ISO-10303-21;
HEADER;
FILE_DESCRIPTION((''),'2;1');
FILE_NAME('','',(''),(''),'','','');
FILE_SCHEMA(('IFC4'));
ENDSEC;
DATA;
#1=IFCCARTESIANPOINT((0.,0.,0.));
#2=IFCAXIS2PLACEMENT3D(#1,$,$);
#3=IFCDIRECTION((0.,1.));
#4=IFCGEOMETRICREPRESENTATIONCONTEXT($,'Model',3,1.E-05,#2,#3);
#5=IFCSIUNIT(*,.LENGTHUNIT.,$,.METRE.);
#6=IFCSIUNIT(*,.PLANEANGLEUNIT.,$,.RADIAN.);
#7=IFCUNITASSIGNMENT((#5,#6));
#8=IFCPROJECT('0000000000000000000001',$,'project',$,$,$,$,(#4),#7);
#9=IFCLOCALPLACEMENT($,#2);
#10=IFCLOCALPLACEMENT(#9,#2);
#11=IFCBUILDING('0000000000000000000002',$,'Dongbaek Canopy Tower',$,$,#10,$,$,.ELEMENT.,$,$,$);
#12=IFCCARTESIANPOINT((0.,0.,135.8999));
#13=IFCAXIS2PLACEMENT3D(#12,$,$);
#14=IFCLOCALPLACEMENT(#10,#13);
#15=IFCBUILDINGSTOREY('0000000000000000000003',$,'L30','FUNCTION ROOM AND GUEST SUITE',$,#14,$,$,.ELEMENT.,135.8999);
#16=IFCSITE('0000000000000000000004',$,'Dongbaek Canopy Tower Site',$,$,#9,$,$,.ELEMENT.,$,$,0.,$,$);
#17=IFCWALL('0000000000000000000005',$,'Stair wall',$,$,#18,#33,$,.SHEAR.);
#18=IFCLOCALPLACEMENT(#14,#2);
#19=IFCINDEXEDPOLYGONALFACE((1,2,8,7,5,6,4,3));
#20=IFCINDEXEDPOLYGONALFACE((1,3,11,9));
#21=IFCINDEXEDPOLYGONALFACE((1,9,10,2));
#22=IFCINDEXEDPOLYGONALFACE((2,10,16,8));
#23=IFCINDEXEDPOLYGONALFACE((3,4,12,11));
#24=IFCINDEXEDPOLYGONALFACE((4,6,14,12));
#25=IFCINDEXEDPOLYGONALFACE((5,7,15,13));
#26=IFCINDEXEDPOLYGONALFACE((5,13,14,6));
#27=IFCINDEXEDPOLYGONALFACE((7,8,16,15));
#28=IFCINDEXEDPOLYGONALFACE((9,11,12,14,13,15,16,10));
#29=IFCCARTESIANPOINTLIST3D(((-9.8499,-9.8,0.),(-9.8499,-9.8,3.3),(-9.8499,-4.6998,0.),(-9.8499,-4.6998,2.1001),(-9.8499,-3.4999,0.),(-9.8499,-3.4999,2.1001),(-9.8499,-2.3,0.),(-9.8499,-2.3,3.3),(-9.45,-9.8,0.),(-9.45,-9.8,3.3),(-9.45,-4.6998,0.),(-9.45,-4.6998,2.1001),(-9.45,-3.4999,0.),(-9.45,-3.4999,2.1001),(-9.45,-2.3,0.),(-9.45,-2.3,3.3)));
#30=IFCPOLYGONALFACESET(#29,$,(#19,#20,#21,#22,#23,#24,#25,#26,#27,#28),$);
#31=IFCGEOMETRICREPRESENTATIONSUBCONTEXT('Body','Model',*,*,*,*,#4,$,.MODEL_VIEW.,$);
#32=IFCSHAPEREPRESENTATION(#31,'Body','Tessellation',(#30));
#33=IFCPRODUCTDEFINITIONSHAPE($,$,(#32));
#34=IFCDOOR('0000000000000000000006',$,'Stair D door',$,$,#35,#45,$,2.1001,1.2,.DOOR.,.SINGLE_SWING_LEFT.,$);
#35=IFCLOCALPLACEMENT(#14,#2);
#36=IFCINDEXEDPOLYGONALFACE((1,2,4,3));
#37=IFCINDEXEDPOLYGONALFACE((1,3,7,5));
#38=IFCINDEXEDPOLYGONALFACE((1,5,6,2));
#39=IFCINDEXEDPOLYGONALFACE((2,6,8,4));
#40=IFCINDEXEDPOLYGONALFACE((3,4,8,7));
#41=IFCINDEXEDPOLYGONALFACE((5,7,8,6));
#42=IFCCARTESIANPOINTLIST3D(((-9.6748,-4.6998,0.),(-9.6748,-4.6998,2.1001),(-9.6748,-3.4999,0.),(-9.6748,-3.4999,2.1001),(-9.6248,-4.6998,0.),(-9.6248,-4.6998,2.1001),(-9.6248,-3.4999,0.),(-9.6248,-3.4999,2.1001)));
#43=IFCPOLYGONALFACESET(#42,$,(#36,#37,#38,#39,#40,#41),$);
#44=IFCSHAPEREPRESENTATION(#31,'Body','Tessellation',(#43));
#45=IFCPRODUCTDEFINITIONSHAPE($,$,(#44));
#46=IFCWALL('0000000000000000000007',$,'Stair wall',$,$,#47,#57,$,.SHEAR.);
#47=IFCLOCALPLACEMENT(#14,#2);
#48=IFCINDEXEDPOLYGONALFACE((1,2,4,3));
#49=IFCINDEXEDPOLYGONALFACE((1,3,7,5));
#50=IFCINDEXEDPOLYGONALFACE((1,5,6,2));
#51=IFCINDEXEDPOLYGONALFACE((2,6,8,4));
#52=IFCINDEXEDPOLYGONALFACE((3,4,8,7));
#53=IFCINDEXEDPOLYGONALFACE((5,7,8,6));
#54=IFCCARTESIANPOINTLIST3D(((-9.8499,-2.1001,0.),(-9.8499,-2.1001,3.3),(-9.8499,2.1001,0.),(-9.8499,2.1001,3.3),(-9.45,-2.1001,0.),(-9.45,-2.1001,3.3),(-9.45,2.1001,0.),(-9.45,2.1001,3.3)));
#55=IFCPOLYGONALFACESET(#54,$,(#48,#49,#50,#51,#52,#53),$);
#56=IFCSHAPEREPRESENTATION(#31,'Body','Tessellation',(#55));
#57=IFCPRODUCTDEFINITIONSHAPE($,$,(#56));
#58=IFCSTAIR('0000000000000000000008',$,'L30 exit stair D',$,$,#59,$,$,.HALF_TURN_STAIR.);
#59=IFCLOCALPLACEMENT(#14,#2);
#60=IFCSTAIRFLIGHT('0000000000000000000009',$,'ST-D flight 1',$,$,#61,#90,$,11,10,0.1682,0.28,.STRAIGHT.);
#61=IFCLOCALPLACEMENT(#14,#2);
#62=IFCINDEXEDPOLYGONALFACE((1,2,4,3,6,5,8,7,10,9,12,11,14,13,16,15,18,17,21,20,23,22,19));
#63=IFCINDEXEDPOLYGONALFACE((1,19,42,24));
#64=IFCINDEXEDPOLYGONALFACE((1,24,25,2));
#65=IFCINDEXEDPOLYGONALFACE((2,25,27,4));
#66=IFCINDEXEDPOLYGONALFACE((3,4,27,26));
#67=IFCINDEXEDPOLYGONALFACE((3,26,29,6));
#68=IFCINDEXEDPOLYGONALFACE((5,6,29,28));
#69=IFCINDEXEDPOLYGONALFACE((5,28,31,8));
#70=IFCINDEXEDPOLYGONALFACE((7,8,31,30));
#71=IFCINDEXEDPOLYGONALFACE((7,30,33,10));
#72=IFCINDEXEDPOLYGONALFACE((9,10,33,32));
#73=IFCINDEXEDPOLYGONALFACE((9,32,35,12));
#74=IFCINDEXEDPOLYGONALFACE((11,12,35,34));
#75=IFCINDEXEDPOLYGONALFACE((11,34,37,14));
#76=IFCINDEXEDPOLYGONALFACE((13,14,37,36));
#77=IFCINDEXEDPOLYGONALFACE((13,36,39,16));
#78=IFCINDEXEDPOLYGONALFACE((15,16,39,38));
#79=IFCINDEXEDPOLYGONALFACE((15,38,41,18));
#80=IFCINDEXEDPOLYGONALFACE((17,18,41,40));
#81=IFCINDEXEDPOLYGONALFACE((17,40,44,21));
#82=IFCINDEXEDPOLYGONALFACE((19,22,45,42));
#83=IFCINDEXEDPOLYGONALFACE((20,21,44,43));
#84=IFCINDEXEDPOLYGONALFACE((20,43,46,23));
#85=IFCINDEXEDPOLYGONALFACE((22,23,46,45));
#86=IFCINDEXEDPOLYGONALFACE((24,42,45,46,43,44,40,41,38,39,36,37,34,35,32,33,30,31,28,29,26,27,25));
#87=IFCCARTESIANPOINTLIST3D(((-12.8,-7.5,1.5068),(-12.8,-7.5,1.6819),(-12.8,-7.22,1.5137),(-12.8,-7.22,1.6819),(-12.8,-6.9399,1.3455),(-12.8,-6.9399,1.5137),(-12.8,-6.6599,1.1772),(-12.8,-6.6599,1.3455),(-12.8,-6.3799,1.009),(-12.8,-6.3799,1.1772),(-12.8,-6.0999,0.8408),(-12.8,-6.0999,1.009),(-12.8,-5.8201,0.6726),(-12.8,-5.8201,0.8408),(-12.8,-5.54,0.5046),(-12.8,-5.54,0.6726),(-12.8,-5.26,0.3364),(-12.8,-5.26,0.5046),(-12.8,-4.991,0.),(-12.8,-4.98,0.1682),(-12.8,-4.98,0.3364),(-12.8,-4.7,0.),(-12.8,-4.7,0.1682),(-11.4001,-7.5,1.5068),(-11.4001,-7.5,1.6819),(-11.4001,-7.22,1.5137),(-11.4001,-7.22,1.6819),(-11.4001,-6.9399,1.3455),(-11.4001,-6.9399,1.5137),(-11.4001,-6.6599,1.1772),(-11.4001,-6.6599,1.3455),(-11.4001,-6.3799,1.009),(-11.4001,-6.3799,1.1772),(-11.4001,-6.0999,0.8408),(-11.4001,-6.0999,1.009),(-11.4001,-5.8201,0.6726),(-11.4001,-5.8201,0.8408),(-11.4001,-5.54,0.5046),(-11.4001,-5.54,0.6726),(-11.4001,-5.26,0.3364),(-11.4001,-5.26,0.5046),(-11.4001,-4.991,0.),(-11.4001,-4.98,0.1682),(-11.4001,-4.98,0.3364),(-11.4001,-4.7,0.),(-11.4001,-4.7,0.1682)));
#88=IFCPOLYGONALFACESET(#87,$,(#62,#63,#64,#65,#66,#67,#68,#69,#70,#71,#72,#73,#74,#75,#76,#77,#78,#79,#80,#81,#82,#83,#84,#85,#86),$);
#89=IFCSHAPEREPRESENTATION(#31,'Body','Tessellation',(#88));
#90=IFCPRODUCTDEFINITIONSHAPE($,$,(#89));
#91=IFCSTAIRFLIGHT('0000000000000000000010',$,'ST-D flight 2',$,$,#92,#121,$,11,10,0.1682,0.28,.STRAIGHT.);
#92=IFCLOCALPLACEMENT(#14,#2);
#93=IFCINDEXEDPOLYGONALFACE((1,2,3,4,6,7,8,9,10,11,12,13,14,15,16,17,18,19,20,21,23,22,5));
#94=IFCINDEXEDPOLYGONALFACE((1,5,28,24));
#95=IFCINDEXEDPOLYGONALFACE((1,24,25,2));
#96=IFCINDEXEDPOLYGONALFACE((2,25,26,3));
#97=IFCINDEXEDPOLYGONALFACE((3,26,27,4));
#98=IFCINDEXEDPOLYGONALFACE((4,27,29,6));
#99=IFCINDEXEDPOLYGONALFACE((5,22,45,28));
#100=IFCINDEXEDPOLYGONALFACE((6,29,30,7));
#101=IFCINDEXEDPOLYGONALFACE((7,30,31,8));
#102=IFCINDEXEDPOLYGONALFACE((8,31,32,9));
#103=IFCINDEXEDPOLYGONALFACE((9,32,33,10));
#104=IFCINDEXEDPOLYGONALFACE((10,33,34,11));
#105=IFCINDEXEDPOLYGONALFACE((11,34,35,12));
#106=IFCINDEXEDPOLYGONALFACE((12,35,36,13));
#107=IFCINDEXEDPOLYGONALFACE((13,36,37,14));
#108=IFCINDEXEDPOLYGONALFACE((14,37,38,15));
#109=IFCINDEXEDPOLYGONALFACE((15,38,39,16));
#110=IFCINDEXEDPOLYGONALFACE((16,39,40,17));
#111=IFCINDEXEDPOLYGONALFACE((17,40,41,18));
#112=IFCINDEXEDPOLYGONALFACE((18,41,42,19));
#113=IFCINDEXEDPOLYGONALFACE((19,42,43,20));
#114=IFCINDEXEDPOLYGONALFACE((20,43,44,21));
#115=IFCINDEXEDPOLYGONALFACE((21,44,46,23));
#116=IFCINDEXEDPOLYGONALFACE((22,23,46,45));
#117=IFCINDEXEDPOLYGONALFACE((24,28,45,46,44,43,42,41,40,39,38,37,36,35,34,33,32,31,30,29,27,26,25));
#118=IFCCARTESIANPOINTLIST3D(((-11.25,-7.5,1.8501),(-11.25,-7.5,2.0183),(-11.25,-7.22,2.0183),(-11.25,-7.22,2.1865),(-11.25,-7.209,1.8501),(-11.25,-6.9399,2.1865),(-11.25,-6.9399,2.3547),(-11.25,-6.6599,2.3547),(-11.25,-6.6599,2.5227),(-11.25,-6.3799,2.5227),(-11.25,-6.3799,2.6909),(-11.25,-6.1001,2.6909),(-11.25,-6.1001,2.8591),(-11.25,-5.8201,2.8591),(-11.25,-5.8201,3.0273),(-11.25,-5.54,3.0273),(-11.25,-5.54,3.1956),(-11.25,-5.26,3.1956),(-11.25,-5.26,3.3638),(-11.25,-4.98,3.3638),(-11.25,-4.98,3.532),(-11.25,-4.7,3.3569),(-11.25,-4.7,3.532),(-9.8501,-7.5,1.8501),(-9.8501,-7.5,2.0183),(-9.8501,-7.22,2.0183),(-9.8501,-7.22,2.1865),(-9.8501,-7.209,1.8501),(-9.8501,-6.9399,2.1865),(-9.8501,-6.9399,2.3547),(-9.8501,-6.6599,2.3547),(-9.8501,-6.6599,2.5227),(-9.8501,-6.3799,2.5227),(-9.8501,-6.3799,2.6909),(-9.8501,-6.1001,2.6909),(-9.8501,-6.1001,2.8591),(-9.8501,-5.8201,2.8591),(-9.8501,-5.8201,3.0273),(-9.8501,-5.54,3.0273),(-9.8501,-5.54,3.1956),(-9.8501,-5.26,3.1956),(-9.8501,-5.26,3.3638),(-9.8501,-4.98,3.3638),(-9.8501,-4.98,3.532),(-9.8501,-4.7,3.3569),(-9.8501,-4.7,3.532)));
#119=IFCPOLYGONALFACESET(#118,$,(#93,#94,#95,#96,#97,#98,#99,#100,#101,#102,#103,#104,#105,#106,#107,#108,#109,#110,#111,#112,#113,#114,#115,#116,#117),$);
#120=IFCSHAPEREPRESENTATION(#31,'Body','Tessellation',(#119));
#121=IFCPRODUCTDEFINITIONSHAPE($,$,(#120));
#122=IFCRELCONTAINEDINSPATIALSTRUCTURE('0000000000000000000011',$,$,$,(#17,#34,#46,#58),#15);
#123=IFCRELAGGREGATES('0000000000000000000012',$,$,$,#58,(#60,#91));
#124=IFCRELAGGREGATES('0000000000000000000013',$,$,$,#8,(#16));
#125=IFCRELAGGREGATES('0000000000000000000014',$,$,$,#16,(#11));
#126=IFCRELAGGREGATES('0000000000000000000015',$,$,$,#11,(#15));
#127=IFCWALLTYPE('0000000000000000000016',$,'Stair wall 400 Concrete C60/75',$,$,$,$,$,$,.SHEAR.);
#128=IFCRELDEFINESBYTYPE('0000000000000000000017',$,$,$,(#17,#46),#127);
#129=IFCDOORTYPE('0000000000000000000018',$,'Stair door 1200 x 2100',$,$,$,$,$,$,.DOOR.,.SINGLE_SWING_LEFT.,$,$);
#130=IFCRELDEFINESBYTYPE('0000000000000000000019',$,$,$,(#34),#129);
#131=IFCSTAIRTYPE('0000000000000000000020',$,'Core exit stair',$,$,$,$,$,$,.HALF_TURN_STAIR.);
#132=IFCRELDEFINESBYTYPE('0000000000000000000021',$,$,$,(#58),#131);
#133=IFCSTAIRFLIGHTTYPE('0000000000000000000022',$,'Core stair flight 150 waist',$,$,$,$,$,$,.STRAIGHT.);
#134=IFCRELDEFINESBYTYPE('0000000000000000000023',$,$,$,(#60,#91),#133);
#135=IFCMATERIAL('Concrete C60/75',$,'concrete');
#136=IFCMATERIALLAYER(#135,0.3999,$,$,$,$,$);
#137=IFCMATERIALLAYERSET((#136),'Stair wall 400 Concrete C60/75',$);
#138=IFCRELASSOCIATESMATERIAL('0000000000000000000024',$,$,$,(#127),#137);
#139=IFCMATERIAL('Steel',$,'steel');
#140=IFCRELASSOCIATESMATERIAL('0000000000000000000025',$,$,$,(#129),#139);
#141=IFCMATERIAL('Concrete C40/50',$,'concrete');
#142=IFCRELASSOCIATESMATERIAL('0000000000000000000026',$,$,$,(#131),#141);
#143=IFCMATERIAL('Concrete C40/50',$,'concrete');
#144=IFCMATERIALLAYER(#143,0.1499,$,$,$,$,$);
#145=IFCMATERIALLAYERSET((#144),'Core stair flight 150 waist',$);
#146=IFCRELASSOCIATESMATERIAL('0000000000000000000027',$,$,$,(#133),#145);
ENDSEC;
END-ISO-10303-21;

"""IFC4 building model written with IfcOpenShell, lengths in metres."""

from ifc_helpers import new_model, si_unit, direction, frame, frame_2d, origin, place, context, subcontext, project, spatial, polyline, rectangle, outline, extrude, material, layer, layer_set, type_object, element, fill, aggregate, save


model = new_model("IFC4")

# Units and contexts
model_context = context("Model", 3, precision=1e-05, world=origin(), true_north=direction((0.0, 1.0)))
body_context = subcontext(model_context, "Body", "Model", "MODEL_VIEW")
ifc_project = project(units=[si_unit("LENGTHUNIT", "METRE"), si_unit("PLANEANGLEUNIT", "RADIAN")], contexts=[model_context])

# Site, building, storey
site_placement = place(None, origin())
site = spatial("IfcSite", under=ifc_project, at=site_placement, Name="Dongbaek Canopy Tower Site", CompositionType="ELEMENT", RefElevation=0.0)
building_placement = place(site_placement, origin())
building = spatial("IfcBuilding", under=site, at=building_placement, Name="Dongbaek Canopy Tower", CompositionType="ELEMENT")
storey_placement = place(building_placement, frame((0.0, 0.0, 135.8999)))
storey = spatial("IfcBuildingStorey", under=building, at=storey_placement, Name="L30", Description="FUNCTION ROOM AND GUEST SUITE", CompositionType="ELEMENT", Elevation=135.8999)

# Wall, opening, door
ifc_material_1 = material(Name="Concrete C60/75", Category="concrete")
ifc_layer_1 = layer(ifc_material_1, 0.3999)
ifc_layer_set_1 = layer_set([ifc_layer_1], Name="Stair wall 400 Concrete C60/75")
wall_type_1 = type_object("IfcWallType", Name="Stair wall 400 Concrete C60/75", PredefinedType="SHEAR", material=ifc_layer_set_1)
wall_1_placement = place(storey_placement, frame((-9.6499, -9.8, 0.0), z_axis=(0.0, 0.0, 1.0), x_axis=(0.0, 1.0, 0.0)))
wall_1 = element("IfcWall", 1, at=wall_1_placement, inside=storey, type_object=wall_type_1, Name="Stair wall", PredefinedType="SHEAR", context=body_context, shape_type="SweptSolid", body=[
    extrude(rectangle(XDim=7.5, YDim=0.3999, at=frame_2d((3.75, 0.0))), origin(), (0.0, 0.0, 1.0), 3.3),
])
opening_1_placement = place(wall_1_placement, frame((5.1001, 0.0, 0.0)))
opening_1 = element("IfcOpeningElement", 2, at=opening_1_placement, cuts=wall_1, PredefinedType="OPENING", context=body_context, shape_type="SweptSolid", body=[
    extrude(rectangle(XDim=1.2, YDim=2.1001, at=frame_2d((0.6001, 1.05))), frame((0.0, 0.21, 0.0), z_axis=(0.0, -1.0, 0.0), x_axis=(1.0, 0.0, 0.0)), (0.0, 0.0, 1.0), 0.4199),
])
ifc_material_2 = material(Name="Steel", Category="steel")
door_type_1 = type_object("IfcDoorType", Name="Stair door 1200 x 2100", OperationType="SINGLE_SWING_LEFT", PredefinedType="DOOR", material=ifc_material_2)
door_1_placement = place(opening_1_placement, origin())
door_1 = element("IfcDoor", 3, at=door_1_placement, inside=storey, type_object=door_type_1, Name="Stair D door", OperationType="SINGLE_SWING_LEFT", OverallHeight=2.1001, OverallWidth=1.2, PredefinedType="DOOR", context=body_context, shape_type="SweptSolid", body=[
    extrude(rectangle(XDim=1.2, YDim=2.1001, at=frame_2d((0.6001, 1.05))), frame((0.0, 0.0249, 0.0), z_axis=(0.0, -1.0, 0.0), x_axis=(1.0, 0.0, 0.0)), (0.0, 0.0, 1.0), 0.05),
])
fill(opening_1, door_1)

# Wall
wall_2_placement = place(storey_placement, frame((-9.6499, -2.1001, 0.0), z_axis=(0.0, 0.0, 1.0), x_axis=(0.0, 1.0, 0.0)))
element("IfcWall", 4, at=wall_2_placement, inside=storey, type_object=wall_type_1, Name="Stair wall", PredefinedType="SHEAR", context=body_context, shape_type="SweptSolid", body=[
    extrude(rectangle(XDim=4.2002, YDim=0.3999, at=frame_2d((2.1001, 0.0))), origin(), (0.0, 0.0, 1.0), 3.3),
])

# Stair, stair flights
ifc_material_3 = material(Name="Concrete C40/50", Category="concrete")
stair_type = type_object("IfcStairType", Name="Core exit stair", PredefinedType="HALF_TURN_STAIR", material=ifc_material_3)
stair_placement = place(storey_placement, origin())
stair = element("IfcStair", 5, at=stair_placement, inside=storey, type_object=stair_type, Name="L30 exit stair D", PredefinedType="HALF_TURN_STAIR")
ifc_material_4 = material(Name="Concrete C40/50", Category="concrete")
ifc_layer_2 = layer(ifc_material_4, 0.1499)
ifc_layer_set_2 = layer_set([ifc_layer_2], Name="Core stair flight 150 waist")
stair_flight_type = type_object("IfcStairFlightType", Name="Core stair flight 150 waist", PredefinedType="STRAIGHT", material=ifc_layer_set_2)
stair_flight_1_placement = place(storey_placement, frame((-12.1001, -4.7, 0.0), z_axis=(0.0, 0.0, 1.0), x_axis=(0.0, -1.0, 0.0)))
stair_flight_1 = element("IfcStairFlight", 6, at=stair_flight_1_placement, type_object=stair_flight_type, Name="ST-D flight 1", NumberOfRisers=11, NumberOfTreads=10, PredefinedType="STRAIGHT", RiserHeight=0.1682, TreadLength=0.28, context=body_context, shape_type="SweptSolid", body=[
    extrude(outline(polyline([(0.0, 0.0), (0.0, 0.1682), (0.28, 0.1682), (0.28, 0.3364), (0.5601, 0.3364), (0.5601, 0.5046), (0.8401, 0.5046), (0.8401, 0.6726), (1.1201, 0.6726), (1.1201, 0.8408), (1.3999, 0.8408), (1.3999, 1.009), (1.6799, 1.009), (1.6799, 1.1772), (1.96, 1.1772), (1.96, 1.3455), (2.24, 1.3455), (2.24, 1.5137), (2.52, 1.5137), (2.52, 1.6819), (2.8, 1.6819), (2.8, 1.8501), (2.8, 1.5068), (0.291, 0.0), (0.0, 0.0)])), frame((0.0, 0.7, 0.0), z_axis=(0.0, -1.0, 0.0), x_axis=(1.0, 0.0, 0.0)), (0.0, 0.0, 1.0), 1.3999),
])
stair_flight_2_placement = place(storey_placement, frame((-10.55, -7.5, 1.8501), z_axis=(0.0, 0.0, 1.0), x_axis=(0.0, 1.0, 0.0)))
stair_flight_2 = element("IfcStairFlight", 7, at=stair_flight_2_placement, type_object=stair_flight_type, Name="ST-D flight 2", NumberOfRisers=11, NumberOfTreads=10, PredefinedType="STRAIGHT", RiserHeight=0.1682, TreadLength=0.28, context=body_context, shape_type="SweptSolid", body=[
    extrude(outline(polyline([(0.0, 0.0), (0.0, 0.1682), (0.28, 0.1682), (0.28, 0.3364), (0.5601, 0.3364), (0.5601, 0.5046), (0.8401, 0.5046), (0.8401, 0.6726), (1.1201, 0.6726), (1.1201, 0.8408), (1.3999, 0.8408), (1.3999, 1.009), (1.6799, 1.009), (1.6799, 1.1772), (1.96, 1.1772), (1.96, 1.3455), (2.24, 1.3455), (2.24, 1.5137), (2.52, 1.5137), (2.52, 1.6819), (2.8, 1.6819), (2.8, 1.8501), (2.8, 1.5068), (0.291, 0.0), (0.0, 0.0)])), frame((0.0, 0.7, 0.0), z_axis=(0.0, -1.0, 0.0), x_axis=(1.0, 0.0, 0.0)), (0.0, 0.0, 1.0), 1.3999),
])
aggregate(stair, [stair_flight_1, stair_flight_2])

save(model, "model.ifc")
